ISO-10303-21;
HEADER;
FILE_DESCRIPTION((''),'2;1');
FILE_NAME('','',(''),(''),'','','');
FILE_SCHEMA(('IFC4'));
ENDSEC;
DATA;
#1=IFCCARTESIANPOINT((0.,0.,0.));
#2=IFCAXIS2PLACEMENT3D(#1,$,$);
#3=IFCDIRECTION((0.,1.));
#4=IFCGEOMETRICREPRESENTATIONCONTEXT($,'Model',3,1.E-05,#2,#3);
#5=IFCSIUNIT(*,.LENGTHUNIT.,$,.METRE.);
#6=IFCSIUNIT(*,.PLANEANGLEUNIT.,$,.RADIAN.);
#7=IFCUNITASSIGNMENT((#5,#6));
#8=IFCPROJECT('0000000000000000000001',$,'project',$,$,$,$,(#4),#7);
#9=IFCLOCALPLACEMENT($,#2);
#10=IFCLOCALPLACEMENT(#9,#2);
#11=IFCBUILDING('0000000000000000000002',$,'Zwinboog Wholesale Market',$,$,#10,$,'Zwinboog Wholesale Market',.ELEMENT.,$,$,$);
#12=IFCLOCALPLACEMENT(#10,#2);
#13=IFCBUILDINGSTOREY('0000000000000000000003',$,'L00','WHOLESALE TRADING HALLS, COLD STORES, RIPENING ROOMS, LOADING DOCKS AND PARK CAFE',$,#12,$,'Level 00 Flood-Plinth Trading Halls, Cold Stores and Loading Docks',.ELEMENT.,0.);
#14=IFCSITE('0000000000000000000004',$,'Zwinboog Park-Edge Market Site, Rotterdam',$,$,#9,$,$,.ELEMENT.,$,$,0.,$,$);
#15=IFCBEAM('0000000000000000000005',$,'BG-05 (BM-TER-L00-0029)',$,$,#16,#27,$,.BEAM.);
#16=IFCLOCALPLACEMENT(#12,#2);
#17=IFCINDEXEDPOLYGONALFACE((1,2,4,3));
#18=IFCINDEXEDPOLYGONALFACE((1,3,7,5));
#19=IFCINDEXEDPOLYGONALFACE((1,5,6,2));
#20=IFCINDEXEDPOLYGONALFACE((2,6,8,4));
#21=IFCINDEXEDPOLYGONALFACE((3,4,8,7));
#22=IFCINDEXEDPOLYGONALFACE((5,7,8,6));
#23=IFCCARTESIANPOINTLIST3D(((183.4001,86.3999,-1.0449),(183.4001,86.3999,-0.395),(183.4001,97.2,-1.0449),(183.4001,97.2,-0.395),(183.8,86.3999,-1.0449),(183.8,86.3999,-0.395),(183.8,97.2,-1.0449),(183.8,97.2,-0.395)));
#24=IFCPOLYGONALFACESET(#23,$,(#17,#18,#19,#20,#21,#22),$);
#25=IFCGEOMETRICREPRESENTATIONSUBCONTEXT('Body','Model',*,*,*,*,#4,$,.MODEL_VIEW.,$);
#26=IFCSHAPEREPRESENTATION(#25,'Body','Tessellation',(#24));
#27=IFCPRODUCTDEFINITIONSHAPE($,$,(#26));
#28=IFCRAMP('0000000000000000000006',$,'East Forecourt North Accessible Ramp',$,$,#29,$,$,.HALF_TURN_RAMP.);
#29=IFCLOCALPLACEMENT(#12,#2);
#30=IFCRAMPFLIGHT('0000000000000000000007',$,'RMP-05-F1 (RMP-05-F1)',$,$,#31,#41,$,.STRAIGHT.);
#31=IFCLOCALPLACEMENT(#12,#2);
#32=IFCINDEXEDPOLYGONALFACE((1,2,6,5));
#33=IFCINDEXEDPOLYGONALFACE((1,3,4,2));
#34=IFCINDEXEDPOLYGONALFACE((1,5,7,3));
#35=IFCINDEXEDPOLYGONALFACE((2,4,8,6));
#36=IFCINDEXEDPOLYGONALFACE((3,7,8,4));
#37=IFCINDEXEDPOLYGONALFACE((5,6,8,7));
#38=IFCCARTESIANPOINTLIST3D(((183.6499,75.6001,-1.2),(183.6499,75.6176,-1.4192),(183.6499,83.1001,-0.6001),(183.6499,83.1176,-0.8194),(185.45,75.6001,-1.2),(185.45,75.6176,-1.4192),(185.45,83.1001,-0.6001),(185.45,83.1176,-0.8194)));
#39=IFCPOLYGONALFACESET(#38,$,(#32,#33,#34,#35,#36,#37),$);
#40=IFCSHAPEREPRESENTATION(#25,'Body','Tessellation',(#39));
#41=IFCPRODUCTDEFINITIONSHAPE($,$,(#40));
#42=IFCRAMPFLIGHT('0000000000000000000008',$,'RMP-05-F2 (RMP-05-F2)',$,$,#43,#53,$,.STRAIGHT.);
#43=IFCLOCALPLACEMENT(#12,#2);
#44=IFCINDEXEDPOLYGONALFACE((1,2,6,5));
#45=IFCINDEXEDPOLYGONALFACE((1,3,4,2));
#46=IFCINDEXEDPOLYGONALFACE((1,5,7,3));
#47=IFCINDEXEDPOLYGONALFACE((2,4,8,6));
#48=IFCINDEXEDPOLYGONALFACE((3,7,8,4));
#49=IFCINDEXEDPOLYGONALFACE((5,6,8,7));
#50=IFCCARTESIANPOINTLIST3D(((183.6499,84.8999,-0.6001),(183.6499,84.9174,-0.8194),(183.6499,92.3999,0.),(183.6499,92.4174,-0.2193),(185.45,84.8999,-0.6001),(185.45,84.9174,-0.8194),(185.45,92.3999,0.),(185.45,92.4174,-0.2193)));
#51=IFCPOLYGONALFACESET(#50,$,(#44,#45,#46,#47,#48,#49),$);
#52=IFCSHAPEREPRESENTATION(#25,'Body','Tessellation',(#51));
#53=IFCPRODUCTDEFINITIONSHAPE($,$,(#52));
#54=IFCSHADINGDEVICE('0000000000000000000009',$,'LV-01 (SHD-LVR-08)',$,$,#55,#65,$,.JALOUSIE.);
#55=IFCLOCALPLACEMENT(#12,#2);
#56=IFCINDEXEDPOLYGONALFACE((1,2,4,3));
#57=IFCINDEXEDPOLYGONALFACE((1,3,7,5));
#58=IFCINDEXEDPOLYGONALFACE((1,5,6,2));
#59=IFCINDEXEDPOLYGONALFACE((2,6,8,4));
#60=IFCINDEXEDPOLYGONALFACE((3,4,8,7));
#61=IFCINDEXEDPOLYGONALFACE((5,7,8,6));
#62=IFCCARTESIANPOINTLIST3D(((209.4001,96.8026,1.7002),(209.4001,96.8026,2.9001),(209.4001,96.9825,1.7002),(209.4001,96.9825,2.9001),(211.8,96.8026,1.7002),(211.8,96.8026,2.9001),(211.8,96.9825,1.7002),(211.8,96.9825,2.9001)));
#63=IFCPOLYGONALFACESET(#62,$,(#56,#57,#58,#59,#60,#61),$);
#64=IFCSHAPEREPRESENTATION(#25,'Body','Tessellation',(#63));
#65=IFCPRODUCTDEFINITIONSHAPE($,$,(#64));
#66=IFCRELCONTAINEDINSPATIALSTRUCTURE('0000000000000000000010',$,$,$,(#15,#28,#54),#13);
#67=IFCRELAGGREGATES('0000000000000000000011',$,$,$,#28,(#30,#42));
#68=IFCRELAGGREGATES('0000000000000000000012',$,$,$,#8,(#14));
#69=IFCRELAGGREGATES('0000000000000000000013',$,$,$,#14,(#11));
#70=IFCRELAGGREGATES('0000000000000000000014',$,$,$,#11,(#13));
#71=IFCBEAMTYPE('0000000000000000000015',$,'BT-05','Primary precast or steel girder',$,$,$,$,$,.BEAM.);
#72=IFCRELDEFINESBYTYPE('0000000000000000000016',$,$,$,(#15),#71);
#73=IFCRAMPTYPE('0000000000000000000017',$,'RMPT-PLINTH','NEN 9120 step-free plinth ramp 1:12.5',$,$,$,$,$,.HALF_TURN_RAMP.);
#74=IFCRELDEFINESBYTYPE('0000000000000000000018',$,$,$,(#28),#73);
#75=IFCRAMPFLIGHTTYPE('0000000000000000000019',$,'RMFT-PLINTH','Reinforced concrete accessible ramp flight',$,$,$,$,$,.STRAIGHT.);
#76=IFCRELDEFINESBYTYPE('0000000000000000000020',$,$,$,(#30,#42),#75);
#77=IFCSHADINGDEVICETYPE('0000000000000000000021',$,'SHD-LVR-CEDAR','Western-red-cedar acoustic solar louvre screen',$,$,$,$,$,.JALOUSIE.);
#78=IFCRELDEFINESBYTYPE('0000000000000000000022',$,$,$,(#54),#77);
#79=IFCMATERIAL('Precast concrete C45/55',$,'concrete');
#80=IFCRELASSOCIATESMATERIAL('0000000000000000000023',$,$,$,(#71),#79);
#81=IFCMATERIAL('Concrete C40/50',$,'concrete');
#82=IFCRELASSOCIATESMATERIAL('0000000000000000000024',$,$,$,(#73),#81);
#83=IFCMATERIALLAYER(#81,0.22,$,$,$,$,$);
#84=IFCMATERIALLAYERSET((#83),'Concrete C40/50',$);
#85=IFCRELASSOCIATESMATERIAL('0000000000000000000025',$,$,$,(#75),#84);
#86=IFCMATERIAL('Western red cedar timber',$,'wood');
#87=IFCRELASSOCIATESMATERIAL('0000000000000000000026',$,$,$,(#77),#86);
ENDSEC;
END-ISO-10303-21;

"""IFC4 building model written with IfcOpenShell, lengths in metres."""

from ifc_helpers import new_model, si_unit, direction, frame, origin, origin_2d, place, context, subcontext, project, spatial, polyline, rectangle, outline, extrude, material, layer, layer_set, material_profile, profile_set, type_object, element, aggregate, save


model = new_model("IFC4")

# Units and contexts
model_context = context("Model", 3, precision=1e-05, world=origin(), true_north=direction((0.0, 1.0)))
body_context = subcontext(model_context, "Body", "Model", "MODEL_VIEW")
ifc_project = project(units=[si_unit("LENGTHUNIT", "METRE"), si_unit("PLANEANGLEUNIT", "RADIAN")], contexts=[model_context])

# Site, building, storey
site_placement = place(None, origin())
site = spatial("IfcSite", under=ifc_project, at=site_placement, Name="Zwinboog Park-Edge Market Site, Rotterdam", CompositionType="ELEMENT", RefElevation=0.0)
building_placement = place(site_placement, origin())
building = spatial("IfcBuilding", under=site, at=building_placement, Name="Zwinboog Wholesale Market", LongName="Zwinboog Wholesale Market", CompositionType="ELEMENT")
storey_placement = place(building_placement, origin())
storey = spatial("IfcBuildingStorey", under=building, at=storey_placement, Name="L00", Description="WHOLESALE TRADING HALLS, COLD STORES, RIPENING ROOMS, LOADING DOCKS AND PARK CAFE", LongName="Level 00 Flood-Plinth Trading Halls, Cold Stores and Loading Docks", CompositionType="ELEMENT", Elevation=0.0)

# Shared definitions
ifc_material_1 = material(Name="Concrete C40/50", Category="concrete")

# Shared definitions
ifc_material_2 = material(Name="Precast concrete C45/55", Category="concrete")

# Beam
ifc_material_profile_1 = material_profile(ifc_material_2, rectangle(XDim=0.3999, YDim=0.6499, at=origin_2d()), Name="PC 400x650")
ifc_profile_set_1 = profile_set([ifc_material_profile_1], Name="Precast concrete C45/55")
beam_type = type_object("IfcBeamType", Name="BT-05", Description="Primary precast or steel girder", PredefinedType="BEAM", material=ifc_profile_set_1)
beam_1_placement = place(storey_placement, frame((183.6001, 86.3999, -0.72), z_axis=(0.0, 1.0, 0.0), x_axis=(-1.0, 0.0, 0.0)))
element("IfcBeam", 1, at=beam_1_placement, inside=storey, type_object=beam_type, Name="BG-05 (BM-TER-L00-0029)", PredefinedType="BEAM", context=body_context, shape_type="SweptSolid", body=[
    extrude(rectangle(XDim=0.3999, YDim=0.6499, at=origin_2d()), origin(), (0.0, 0.0, 1.0), 10.8),
])

# Ramp, ramp flights
ramp_type = type_object("IfcRampType", Name="RMPT-PLINTH", Description="NEN 9120 step-free plinth ramp 1:12.5", PredefinedType="HALF_TURN_RAMP", material=ifc_material_1)
ramp_placement = place(storey_placement, origin())
ramp = element("IfcRamp", 2, at=ramp_placement, inside=storey, type_object=ramp_type, Name="East Forecourt North Accessible Ramp", PredefinedType="HALF_TURN_RAMP")
ifc_layer = layer(ifc_material_1, 0.22)
ifc_layer_set = layer_set([ifc_layer], Name="Concrete C40/50")
ramp_flight_type = type_object("IfcRampFlightType", Name="RMFT-PLINTH", Description="Reinforced concrete accessible ramp flight", PredefinedType="STRAIGHT", material=ifc_layer_set)
ramp_flight_1_placement = place(storey_placement, frame((183.6499, 75.6001, -1.2), z_axis=(0.0, -0.079726, 0.996817), x_axis=(1.0, 0.0, 0.0)))
ramp_flight_1 = element("IfcRampFlight", 3, at=ramp_flight_1_placement, type_object=ramp_flight_type, Name="RMP-05-F1 (RMP-05-F1)", PredefinedType="STRAIGHT", context=body_context, shape_type="SweptSolid", body=[
    extrude(outline(polyline([(0.0, 0.0), (1.8, 0.0), (1.8, 7.524), (0.0, 7.524), (0.0, 0.0)])), origin(), (0.0, 0.0, -1.0), 0.22),
])
ramp_flight_2_placement = place(storey_placement, frame((183.6499, 84.8999, -0.6001), z_axis=(0.0, -0.079758, 0.996814), x_axis=(1.0, 0.0, 0.0)))
ramp_flight_2 = element("IfcRampFlight", 4, at=ramp_flight_2_placement, type_object=ramp_flight_type, Name="RMP-05-F2 (RMP-05-F2)", PredefinedType="STRAIGHT", context=body_context, shape_type="SweptSolid", body=[
    extrude(outline(polyline([(0.0, 0.0), (1.8, 0.0), (1.8, 7.524), (0.0, 7.524), (0.0, 0.0)])), origin(), (0.0, 0.0, -1.0), 0.22),
])
aggregate(ramp, [ramp_flight_1, ramp_flight_2])

# Shading device
ifc_material_3 = material(Name="Western red cedar timber", Category="wood")
shading_device_type = type_object("IfcShadingDeviceType", Name="SHD-LVR-CEDAR", Description="Western-red-cedar acoustic solar louvre screen", PredefinedType="JALOUSIE", material=ifc_material_3)
shading_device_placement = place(storey_placement, frame((210.6001, 96.8926, 1.7002), z_axis=(0.0, 0.0, 1.0), x_axis=(1.0, 0.0, 0.0)))
element("IfcShadingDevice", 5, at=shading_device_placement, inside=storey, type_object=shading_device_type, Name="LV-01 (SHD-LVR-08)", PredefinedType="JALOUSIE", context=body_context, shape_type="SweptSolid", body=[
    extrude(rectangle(XDim=2.3999, YDim=0.1799, at=origin_2d()), origin(), (0.0, 0.0, 1.0), 1.2),
])

save(model, "model.ifc")
